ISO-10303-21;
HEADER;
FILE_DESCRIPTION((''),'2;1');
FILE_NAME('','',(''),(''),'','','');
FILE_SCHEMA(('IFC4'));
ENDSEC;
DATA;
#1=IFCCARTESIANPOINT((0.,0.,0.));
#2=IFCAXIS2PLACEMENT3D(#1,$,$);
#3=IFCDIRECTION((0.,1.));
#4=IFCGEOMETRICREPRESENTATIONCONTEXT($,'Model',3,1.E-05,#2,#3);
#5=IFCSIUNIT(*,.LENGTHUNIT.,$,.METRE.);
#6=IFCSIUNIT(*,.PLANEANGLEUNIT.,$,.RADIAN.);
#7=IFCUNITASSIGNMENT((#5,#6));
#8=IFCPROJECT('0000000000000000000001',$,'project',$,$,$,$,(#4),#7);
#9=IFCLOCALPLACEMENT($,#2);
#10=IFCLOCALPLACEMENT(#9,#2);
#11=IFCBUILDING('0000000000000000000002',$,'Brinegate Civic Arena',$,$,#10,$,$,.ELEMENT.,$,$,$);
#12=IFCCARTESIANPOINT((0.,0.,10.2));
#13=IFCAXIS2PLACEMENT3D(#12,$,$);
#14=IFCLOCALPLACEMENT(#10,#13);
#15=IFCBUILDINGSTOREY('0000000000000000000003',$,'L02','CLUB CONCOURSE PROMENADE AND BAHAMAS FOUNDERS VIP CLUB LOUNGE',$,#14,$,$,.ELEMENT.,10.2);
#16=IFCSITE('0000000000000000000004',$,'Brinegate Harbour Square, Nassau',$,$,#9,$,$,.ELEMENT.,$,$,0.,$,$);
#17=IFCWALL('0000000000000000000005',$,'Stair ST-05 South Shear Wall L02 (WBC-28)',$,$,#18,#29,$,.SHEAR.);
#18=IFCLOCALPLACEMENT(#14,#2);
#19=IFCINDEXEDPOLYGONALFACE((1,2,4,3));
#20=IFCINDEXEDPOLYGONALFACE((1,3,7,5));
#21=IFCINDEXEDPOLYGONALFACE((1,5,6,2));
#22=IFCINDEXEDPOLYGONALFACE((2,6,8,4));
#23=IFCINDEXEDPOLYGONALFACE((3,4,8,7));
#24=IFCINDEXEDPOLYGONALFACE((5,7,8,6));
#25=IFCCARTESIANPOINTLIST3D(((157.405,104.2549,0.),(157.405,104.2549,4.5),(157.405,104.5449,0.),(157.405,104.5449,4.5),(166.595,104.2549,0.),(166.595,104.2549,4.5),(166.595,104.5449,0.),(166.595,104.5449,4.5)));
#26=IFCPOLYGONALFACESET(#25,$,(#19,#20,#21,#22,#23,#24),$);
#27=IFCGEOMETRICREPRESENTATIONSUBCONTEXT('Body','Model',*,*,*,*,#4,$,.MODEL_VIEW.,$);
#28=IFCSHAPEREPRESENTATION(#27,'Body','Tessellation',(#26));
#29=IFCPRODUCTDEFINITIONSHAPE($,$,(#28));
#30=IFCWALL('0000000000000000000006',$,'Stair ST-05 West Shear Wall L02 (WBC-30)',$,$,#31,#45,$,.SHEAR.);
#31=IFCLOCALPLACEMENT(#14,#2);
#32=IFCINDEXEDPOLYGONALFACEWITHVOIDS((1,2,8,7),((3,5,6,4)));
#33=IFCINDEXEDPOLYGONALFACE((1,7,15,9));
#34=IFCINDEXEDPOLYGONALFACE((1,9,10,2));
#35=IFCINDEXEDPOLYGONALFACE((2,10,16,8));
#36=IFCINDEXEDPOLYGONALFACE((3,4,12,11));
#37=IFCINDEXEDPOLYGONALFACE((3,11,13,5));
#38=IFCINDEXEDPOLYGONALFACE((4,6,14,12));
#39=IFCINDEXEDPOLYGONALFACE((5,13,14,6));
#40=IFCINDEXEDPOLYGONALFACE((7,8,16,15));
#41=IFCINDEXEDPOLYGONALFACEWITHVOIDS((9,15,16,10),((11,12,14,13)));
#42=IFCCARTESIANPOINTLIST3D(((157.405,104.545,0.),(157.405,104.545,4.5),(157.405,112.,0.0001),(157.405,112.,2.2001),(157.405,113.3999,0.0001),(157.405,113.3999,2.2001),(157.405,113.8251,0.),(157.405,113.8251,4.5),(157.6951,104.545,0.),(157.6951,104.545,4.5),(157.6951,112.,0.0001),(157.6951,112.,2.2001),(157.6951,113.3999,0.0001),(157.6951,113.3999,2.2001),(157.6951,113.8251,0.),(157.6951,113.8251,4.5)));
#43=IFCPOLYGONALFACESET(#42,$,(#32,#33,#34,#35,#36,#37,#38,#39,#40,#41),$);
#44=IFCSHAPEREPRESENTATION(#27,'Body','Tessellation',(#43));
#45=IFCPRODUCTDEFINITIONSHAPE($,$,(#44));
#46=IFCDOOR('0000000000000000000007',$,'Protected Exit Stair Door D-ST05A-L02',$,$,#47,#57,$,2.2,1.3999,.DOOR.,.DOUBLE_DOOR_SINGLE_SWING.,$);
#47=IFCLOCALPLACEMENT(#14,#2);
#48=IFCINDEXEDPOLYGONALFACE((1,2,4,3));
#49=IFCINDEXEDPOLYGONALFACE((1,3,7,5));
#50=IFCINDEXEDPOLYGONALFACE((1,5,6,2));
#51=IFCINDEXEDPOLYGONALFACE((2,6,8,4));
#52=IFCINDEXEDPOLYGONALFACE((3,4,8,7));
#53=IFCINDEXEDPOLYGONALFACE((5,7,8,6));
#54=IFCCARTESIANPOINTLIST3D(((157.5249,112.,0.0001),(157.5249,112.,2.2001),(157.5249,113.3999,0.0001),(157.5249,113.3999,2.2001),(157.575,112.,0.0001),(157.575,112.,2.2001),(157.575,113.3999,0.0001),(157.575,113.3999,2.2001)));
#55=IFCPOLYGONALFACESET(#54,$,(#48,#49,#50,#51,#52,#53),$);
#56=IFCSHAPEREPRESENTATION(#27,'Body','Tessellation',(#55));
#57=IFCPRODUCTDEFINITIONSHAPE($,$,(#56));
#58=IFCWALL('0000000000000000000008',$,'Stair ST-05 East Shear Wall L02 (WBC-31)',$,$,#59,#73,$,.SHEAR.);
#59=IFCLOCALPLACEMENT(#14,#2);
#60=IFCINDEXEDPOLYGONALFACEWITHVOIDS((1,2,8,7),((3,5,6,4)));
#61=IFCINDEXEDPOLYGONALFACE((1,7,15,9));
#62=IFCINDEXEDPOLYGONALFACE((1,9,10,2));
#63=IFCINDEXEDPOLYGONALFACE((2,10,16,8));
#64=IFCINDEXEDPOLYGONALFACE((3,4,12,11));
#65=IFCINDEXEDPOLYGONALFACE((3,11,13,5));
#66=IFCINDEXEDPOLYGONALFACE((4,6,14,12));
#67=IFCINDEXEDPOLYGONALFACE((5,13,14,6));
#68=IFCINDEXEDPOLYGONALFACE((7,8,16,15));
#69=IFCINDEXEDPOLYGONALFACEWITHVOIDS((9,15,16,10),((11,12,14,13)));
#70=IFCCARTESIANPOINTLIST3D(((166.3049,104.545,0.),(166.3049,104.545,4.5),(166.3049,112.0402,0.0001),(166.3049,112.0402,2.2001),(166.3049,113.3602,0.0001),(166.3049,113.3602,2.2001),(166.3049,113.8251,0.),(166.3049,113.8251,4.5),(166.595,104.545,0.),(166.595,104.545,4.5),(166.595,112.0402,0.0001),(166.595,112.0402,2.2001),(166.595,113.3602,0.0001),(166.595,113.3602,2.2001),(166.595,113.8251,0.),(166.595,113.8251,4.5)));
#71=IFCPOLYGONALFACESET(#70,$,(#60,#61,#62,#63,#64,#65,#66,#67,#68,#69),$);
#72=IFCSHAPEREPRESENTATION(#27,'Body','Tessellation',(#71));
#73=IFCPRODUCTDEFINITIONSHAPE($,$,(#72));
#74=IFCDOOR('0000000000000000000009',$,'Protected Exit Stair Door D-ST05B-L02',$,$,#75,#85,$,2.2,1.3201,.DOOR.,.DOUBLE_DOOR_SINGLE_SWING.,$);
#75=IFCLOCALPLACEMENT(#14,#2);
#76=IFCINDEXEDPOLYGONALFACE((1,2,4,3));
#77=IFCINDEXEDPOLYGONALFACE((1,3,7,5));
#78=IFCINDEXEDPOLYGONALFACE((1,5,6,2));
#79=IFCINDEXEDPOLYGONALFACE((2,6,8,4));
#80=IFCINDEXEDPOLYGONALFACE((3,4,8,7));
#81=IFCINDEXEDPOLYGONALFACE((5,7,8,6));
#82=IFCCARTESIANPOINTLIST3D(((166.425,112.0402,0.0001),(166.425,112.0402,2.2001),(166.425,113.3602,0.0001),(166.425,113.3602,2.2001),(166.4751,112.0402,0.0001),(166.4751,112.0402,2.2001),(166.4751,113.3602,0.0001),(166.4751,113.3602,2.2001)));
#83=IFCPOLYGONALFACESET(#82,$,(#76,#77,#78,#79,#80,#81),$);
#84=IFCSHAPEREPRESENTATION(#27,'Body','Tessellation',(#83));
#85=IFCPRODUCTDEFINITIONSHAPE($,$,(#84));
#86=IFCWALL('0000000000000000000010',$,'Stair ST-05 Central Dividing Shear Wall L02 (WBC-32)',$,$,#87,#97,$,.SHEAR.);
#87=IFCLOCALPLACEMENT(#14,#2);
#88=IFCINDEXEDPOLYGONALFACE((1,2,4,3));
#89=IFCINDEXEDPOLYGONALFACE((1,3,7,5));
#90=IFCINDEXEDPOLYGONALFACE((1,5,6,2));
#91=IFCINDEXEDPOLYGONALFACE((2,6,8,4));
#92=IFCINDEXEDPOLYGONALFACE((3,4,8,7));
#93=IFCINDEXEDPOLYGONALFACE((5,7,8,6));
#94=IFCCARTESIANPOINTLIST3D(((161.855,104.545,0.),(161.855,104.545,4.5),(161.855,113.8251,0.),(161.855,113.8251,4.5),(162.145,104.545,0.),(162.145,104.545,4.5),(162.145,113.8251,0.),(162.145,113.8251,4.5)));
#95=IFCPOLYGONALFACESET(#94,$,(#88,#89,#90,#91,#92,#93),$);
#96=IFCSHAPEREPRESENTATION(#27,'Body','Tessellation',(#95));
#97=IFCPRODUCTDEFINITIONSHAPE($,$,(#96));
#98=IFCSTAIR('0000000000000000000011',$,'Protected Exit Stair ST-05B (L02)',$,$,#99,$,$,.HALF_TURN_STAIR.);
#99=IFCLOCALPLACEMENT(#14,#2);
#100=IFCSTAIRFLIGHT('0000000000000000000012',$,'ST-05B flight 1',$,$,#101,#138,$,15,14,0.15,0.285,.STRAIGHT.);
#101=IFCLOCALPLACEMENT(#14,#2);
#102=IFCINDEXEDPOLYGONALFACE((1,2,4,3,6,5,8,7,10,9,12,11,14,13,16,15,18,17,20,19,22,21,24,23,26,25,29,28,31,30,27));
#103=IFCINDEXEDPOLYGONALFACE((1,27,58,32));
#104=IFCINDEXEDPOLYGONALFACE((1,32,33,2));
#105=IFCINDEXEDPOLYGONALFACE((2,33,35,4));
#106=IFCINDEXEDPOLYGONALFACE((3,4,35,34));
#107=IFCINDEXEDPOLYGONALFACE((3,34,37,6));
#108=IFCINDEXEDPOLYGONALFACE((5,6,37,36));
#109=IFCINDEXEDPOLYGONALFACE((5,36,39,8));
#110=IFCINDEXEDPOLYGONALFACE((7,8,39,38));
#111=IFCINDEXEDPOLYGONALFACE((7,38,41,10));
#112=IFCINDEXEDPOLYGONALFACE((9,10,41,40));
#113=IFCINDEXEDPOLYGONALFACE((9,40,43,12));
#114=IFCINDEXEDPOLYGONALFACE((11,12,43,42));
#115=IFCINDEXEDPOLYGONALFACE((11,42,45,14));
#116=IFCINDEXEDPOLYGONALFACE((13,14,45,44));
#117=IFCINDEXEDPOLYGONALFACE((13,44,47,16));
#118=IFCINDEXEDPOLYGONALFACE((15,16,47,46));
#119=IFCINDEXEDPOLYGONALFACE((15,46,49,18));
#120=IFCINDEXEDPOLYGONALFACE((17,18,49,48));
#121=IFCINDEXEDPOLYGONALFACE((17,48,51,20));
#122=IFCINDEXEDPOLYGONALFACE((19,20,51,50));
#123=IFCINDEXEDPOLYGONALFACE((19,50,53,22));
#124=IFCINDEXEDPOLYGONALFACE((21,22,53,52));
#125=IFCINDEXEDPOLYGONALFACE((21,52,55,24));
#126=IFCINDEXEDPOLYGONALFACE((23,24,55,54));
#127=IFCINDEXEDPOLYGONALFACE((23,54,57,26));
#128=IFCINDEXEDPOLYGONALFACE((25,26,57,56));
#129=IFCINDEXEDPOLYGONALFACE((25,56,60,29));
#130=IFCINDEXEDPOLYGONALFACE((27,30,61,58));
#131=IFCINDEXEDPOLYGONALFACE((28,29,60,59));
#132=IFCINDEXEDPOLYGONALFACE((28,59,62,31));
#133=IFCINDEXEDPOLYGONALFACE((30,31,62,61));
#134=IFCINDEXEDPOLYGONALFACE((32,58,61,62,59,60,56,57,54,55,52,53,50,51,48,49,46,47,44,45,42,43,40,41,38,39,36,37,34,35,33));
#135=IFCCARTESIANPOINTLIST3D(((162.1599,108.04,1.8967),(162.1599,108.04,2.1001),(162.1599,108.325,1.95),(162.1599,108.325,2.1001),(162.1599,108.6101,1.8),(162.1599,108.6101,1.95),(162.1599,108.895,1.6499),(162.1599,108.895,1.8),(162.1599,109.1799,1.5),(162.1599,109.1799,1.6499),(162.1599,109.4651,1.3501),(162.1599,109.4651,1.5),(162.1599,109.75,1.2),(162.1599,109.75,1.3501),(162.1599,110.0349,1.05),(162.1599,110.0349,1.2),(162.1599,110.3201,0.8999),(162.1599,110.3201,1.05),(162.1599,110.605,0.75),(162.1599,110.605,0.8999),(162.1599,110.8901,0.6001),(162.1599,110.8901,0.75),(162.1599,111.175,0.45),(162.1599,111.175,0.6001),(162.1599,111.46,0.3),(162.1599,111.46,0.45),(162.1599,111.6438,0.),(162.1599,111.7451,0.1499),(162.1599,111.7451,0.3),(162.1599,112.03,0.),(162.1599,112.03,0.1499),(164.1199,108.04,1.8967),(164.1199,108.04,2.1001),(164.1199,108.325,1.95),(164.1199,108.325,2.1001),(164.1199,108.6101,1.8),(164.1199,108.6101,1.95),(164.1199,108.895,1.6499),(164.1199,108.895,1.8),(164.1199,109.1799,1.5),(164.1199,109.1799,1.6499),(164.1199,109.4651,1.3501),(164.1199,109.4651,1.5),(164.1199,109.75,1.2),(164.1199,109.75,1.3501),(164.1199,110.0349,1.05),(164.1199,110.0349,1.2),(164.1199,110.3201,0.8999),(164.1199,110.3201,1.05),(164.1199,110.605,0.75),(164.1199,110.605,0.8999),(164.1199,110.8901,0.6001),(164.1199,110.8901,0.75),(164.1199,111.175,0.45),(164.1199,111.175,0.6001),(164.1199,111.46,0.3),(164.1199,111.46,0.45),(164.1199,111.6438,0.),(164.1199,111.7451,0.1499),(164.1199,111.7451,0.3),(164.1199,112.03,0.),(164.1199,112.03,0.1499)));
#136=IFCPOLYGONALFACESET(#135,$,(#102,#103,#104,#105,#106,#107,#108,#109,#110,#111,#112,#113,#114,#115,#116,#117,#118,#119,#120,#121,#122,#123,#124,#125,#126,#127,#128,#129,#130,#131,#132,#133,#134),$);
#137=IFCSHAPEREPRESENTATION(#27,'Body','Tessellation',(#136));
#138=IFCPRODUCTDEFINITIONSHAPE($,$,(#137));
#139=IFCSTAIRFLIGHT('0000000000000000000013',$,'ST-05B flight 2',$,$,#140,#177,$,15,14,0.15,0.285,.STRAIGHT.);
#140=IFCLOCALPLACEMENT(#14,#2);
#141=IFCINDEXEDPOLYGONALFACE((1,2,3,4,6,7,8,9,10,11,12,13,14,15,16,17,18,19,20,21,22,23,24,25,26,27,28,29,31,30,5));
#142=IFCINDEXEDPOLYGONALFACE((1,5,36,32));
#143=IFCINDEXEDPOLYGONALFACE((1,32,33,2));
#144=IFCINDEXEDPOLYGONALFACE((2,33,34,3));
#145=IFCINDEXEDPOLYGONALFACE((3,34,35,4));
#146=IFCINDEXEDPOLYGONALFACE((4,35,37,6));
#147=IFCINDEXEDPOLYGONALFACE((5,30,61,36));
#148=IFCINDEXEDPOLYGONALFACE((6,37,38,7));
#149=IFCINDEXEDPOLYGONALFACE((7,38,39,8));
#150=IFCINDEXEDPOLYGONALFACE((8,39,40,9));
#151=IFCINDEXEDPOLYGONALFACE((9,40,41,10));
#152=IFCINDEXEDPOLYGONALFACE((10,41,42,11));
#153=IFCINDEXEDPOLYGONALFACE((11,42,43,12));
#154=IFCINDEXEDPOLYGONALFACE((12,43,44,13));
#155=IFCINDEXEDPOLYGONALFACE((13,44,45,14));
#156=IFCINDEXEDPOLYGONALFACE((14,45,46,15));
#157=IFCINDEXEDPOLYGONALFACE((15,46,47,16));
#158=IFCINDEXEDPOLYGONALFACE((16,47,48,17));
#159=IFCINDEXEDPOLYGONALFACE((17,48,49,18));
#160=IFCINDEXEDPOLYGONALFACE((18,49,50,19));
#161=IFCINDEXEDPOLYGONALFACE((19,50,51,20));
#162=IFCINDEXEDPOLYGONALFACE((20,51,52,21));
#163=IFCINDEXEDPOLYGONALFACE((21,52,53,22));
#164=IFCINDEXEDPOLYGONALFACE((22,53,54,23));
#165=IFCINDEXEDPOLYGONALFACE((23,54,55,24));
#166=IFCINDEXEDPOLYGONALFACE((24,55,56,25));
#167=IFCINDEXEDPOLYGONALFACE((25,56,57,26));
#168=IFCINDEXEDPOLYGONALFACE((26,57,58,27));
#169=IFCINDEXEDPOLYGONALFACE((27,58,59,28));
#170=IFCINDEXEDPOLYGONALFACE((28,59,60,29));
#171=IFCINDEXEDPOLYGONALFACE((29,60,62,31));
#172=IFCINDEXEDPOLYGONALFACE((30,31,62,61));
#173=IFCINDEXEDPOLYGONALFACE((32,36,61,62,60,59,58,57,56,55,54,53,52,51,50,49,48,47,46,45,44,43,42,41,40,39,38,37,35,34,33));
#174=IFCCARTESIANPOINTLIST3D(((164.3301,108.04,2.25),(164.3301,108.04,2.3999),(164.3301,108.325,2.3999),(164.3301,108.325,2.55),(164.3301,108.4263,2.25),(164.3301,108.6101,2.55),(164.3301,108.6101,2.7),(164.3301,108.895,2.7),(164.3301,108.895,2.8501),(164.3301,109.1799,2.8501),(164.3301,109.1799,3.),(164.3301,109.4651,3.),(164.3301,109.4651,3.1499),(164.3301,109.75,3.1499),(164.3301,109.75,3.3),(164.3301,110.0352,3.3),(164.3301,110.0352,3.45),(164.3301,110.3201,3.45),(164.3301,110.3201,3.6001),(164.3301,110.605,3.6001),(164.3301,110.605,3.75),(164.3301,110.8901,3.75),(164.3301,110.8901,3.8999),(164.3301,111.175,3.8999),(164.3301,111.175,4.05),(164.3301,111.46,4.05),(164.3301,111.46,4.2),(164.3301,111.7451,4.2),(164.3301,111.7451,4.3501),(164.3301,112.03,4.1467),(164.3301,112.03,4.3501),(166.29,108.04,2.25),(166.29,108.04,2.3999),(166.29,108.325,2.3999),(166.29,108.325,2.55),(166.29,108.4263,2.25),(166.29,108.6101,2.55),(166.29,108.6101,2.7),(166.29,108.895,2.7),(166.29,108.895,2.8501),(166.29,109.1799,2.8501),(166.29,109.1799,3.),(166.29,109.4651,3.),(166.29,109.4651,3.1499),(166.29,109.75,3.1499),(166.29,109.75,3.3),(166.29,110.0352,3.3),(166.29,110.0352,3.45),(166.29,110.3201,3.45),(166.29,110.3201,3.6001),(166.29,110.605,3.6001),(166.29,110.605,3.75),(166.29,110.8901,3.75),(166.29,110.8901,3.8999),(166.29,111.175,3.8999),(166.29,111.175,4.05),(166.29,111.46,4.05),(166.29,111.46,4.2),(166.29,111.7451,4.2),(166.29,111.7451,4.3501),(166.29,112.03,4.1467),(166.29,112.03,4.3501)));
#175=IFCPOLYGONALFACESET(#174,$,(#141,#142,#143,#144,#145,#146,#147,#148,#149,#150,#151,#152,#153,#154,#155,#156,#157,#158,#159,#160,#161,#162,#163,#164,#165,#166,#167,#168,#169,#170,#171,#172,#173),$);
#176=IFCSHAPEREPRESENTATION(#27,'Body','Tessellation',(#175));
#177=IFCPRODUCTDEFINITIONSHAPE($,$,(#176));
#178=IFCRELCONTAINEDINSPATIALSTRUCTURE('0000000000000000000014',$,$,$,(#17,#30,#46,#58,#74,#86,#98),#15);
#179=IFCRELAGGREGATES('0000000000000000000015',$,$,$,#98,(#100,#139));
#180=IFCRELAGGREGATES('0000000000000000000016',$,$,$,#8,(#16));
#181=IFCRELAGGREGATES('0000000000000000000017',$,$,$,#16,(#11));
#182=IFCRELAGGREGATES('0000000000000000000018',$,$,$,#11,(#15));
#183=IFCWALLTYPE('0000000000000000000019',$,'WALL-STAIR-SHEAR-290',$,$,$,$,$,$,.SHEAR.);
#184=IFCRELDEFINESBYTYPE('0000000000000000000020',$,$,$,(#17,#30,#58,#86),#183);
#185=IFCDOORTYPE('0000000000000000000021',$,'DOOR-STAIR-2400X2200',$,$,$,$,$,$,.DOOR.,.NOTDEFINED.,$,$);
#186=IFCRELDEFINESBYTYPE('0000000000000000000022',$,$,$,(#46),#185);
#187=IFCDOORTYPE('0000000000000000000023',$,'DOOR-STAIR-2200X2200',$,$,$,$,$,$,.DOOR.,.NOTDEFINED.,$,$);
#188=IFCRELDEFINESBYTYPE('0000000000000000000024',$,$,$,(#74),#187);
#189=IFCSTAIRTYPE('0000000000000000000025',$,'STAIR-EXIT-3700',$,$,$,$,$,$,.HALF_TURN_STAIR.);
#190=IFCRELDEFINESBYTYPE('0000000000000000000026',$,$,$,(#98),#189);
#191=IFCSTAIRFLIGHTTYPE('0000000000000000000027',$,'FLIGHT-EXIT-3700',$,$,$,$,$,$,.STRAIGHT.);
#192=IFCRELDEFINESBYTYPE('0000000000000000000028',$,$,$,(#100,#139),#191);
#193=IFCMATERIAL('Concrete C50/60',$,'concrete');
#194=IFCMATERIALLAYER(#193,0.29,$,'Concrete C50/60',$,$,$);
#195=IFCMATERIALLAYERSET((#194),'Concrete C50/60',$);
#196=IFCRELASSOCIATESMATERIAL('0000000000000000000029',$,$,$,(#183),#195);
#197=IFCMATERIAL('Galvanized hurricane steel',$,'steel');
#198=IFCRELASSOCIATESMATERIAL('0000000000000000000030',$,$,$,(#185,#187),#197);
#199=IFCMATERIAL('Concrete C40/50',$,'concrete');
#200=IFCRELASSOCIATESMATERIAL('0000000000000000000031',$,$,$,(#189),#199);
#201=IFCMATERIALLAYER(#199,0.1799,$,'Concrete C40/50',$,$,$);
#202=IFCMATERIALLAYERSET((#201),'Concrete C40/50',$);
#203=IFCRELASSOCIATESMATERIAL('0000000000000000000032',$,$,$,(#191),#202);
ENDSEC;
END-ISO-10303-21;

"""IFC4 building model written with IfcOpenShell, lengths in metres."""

from ifc_helpers import new_model, si_unit, direction, frame, frame_2d, origin, place, context, subcontext, project, spatial, polyline, rectangle, outline, extrude, material, layer, layer_set, type_object, element, fill, aggregate, save


model = new_model("IFC4")

# Units and contexts
model_context = context("Model", 3, precision=1e-05, world=origin(), true_north=direction((0.0, 1.0)))
body_context = subcontext(model_context, "Body", "Model", "MODEL_VIEW")
ifc_project = project(units=[si_unit("LENGTHUNIT", "METRE"), si_unit("PLANEANGLEUNIT", "RADIAN")], contexts=[model_context])

# Site, building, storey
site_placement = place(None, origin())
site = spatial("IfcSite", under=ifc_project, at=site_placement, Name="Brinegate Harbour Square, Nassau", CompositionType="ELEMENT", RefElevation=0.0)
building_placement = place(site_placement, origin())
building = spatial("IfcBuilding", under=site, at=building_placement, Name="Brinegate Civic Arena", CompositionType="ELEMENT")
storey_placement = place(building_placement, frame((0.0, 0.0, 10.2)))
storey = spatial("IfcBuildingStorey", under=building, at=storey_placement, Name="L02", Description="CLUB CONCOURSE PROMENADE AND BAHAMAS FOUNDERS VIP CLUB LOUNGE", CompositionType="ELEMENT", Elevation=10.2)

# Shared definitions
ifc_material_1 = material(Name="Concrete C50/60", Category="concrete")

# Wall
ifc_layer_1 = layer(ifc_material_1, 0.29, Name="Concrete C50/60")
ifc_layer_set_1 = layer_set([ifc_layer_1], Name="Concrete C50/60")
wall_type_1 = type_object("IfcWallType", Name="WALL-STAIR-SHEAR-290", PredefinedType="SHEAR", material=ifc_layer_set_1)
wall_1_placement = place(storey_placement, frame((157.405, 104.3999, 0.0), z_axis=(0.0, 0.0, 1.0), x_axis=(1.0, 0.0, 0.0)))
element("IfcWall", 1, at=wall_1_placement, inside=storey, type_object=wall_type_1, Name="Stair ST-05 South Shear Wall L02 (WBC-28)", PredefinedType="SHEAR", context=body_context, shape_type="SweptSolid", body=[
    extrude(rectangle(XDim=9.1899, YDim=0.29, at=frame_2d((4.595, 0.0))), origin(), (0.0, 0.0, 1.0), 4.5),
])

# Walls, openings, doors
wall_2_placement = place(storey_placement, frame((157.55, 104.5449, 0.0), z_axis=(0.0, 0.0, 1.0), x_axis=(0.0, 1.0, 0.0)))
wall_2 = element("IfcWall", 2, at=wall_2_placement, inside=storey, type_object=wall_type_1, Name="Stair ST-05 West Shear Wall L02 (WBC-30)", PredefinedType="SHEAR", context=body_context, shape_type="SweptSolid", body=[
    extrude(rectangle(XDim=9.28, YDim=0.29, at=frame_2d((4.6401, 0.0))), origin(), (0.0, 0.0, 1.0), 4.5),
])
opening_1_placement = place(wall_2_placement, frame((7.4551, 0.0, 0.0)))
opening_1 = element("IfcOpeningElement", 3, at=opening_1_placement, cuts=wall_2, PredefinedType="OPENING", context=body_context, shape_type="SweptSolid", body=[
    extrude(rectangle(XDim=1.3999, YDim=2.2, at=frame_2d((0.7, 1.1001))), frame((0.0, 0.155, 0.0), z_axis=(0.0, -1.0, 0.0), x_axis=(1.0, 0.0, 0.0)), (0.0, 0.0, 1.0), 0.3101),
])
ifc_material_2 = material(Name="Galvanized hurricane steel", Category="steel")
door_type_1 = type_object("IfcDoorType", Name="DOOR-STAIR-2400X2200", OperationType="NOTDEFINED", PredefinedType="DOOR", material=ifc_material_2)
door_1_placement = place(opening_1_placement, frame((1.3999, 0.0, 0.0), z_axis=(0.0, 0.0, 1.0), x_axis=(-1.0, 0.0, 0.0)))
door_1 = element("IfcDoor", 4, at=door_1_placement, inside=storey, type_object=door_type_1, Name="Protected Exit Stair Door D-ST05A-L02", OperationType="DOUBLE_DOOR_SINGLE_SWING", OverallHeight=2.2, OverallWidth=1.3999, PredefinedType="DOOR", context=body_context, shape_type="SweptSolid", body=[
    extrude(rectangle(XDim=1.3999, YDim=2.2, at=frame_2d((0.7, 1.1001))), frame((0.0, 0.0249, 0.0), z_axis=(0.0, -1.0, 0.0), x_axis=(1.0, 0.0, 0.0)), (0.0, 0.0, 1.0), 0.05),
])
fill(opening_1, door_1)
wall_3_placement = place(storey_placement, frame((166.45, 104.5449, 0.0), z_axis=(0.0, 0.0, 1.0), x_axis=(0.0, 1.0, 0.0)))
wall_3 = element("IfcWall", 5, at=wall_3_placement, inside=storey, type_object=wall_type_1, Name="Stair ST-05 East Shear Wall L02 (WBC-31)", PredefinedType="SHEAR", context=body_context, shape_type="SweptSolid", body=[
    extrude(rectangle(XDim=9.28, YDim=0.29, at=frame_2d((4.6401, 0.0))), origin(), (0.0, 0.0, 1.0), 4.5),
])
opening_2_placement = place(wall_3_placement, frame((7.4951, 0.0, 0.0)))
opening_2 = element("IfcOpeningElement", 6, at=opening_2_placement, cuts=wall_3, PredefinedType="OPENING", context=body_context, shape_type="SweptSolid", body=[
    extrude(rectangle(XDim=1.3201, YDim=2.2, at=frame_2d((0.6602, 1.1001))), frame((0.0, 0.155, 0.0), z_axis=(0.0, -1.0, 0.0), x_axis=(1.0, 0.0, 0.0)), (0.0, 0.0, 1.0), 0.3101),
])
door_type_2 = type_object("IfcDoorType", Name="DOOR-STAIR-2200X2200", OperationType="NOTDEFINED", PredefinedType="DOOR", material=ifc_material_2)
door_2_placement = place(opening_2_placement, origin())
door_2 = element("IfcDoor", 7, at=door_2_placement, inside=storey, type_object=door_type_2, Name="Protected Exit Stair Door D-ST05B-L02", OperationType="DOUBLE_DOOR_SINGLE_SWING", OverallHeight=2.2, OverallWidth=1.3201, PredefinedType="DOOR", context=body_context, shape_type="SweptSolid", body=[
    extrude(rectangle(XDim=1.3201, YDim=2.2, at=frame_2d((0.6602, 1.1001))), frame((0.0, 0.0249, 0.0), z_axis=(0.0, -1.0, 0.0), x_axis=(1.0, 0.0, 0.0)), (0.0, 0.0, 1.0), 0.05),
])
fill(opening_2, door_2)

# Wall
wall_4_placement = place(storey_placement, frame((162.0, 104.5449, 0.0), z_axis=(0.0, 0.0, 1.0), x_axis=(0.0, 1.0, 0.0)))
element("IfcWall", 8, at=wall_4_placement, inside=storey, type_object=wall_type_1, Name="Stair ST-05 Central Dividing Shear Wall L02 (WBC-32)", PredefinedType="SHEAR", context=body_context, shape_type="SweptSolid", body=[
    extrude(rectangle(XDim=9.28, YDim=0.29, at=frame_2d((4.6401, 0.0))), origin(), (0.0, 0.0, 1.0), 4.5),
])

# Stair, stair flights
ifc_material_3 = material(Name="Concrete C40/50", Category="concrete")
stair_type_1 = type_object("IfcStairType", Name="STAIR-EXIT-3700", PredefinedType="HALF_TURN_STAIR", material=ifc_material_3)
stair_1_placement = place(storey_placement, origin())
stair_1 = element("IfcStair", 9, at=stair_1_placement, inside=storey, type_object=stair_type_1, Name="Protected Exit Stair ST-05B (L02)", PredefinedType="HALF_TURN_STAIR")
ifc_layer_2 = layer(ifc_material_3, 0.1799, Name="Concrete C40/50")
ifc_layer_set_2 = layer_set([ifc_layer_2], Name="Concrete C40/50")
stair_flight_type_1 = type_object("IfcStairFlightType", Name="FLIGHT-EXIT-3700", PredefinedType="STRAIGHT", material=ifc_layer_set_2)
stair_flight_1_placement = place(storey_placement, frame((163.1399, 112.03, 0.0), z_axis=(0.0, 0.0, 1.0), x_axis=(0.0, -1.0, 0.0)))
stair_flight_1 = element("IfcStairFlight", 10, at=stair_flight_1_placement, type_object=stair_flight_type_1, Name="ST-05B flight 1", NumberOfRisers=15, NumberOfTreads=14, PredefinedType="STRAIGHT", RiserHeight=0.15, TreadLength=0.285, context=body_context, shape_type="SweptSolid", body=[
    extrude(outline(polyline([(0.0, 0.0), (0.0, 0.1499), (0.2849, 0.1499), (0.2849, 0.3), (0.5701, 0.3), (0.5701, 0.45), (0.855, 0.45), (0.855, 0.6001), (1.1399, 0.6001), (1.1399, 0.75), (1.425, 0.75), (1.425, 0.8999), (1.71, 0.8999), (1.71, 1.05), (1.9951, 1.05), (1.9951, 1.2), (2.28, 1.2), (2.28, 1.3501), (2.5649, 1.3501), (2.5649, 1.5), (2.8501, 1.5), (2.8501, 1.6499), (3.135, 1.6499), (3.135, 1.8), (3.4199, 1.8), (3.4199, 1.95), (3.7051, 1.95), (3.7051, 2.1001), (3.99, 2.1001), (3.99, 2.25), (3.99, 1.8967), (0.3862, 0.0), (0.0, 0.0)])), frame((0.0, 0.98, 0.0), z_axis=(0.0, -1.0, 0.0), x_axis=(1.0, 0.0, 0.0)), (0.0, 0.0, 1.0), 1.96),
])
stair_flight_2_placement = place(storey_placement, frame((165.3101, 108.04, 2.25), z_axis=(0.0, 0.0, 1.0), x_axis=(0.0, 1.0, 0.0)))
stair_flight_2 = element("IfcStairFlight", 11, at=stair_flight_2_placement, type_object=stair_flight_type_1, Name="ST-05B flight 2", NumberOfRisers=15, NumberOfTreads=14, PredefinedType="STRAIGHT", RiserHeight=0.15, TreadLength=0.285, context=body_context, shape_type="SweptSolid", body=[
    extrude(outline(polyline([(0.0, 0.0), (0.0, 0.1499), (0.2849, 0.1499), (0.2849, 0.3), (0.5701, 0.3), (0.5701, 0.45), (0.855, 0.45), (0.855, 0.6001), (1.1399, 0.6001), (1.1399, 0.75), (1.425, 0.75), (1.425, 0.8999), (1.71, 0.8999), (1.71, 1.05), (1.9951, 1.05), (1.9951, 1.2), (2.28, 1.2), (2.28, 1.3501), (2.5649, 1.3501), (2.5649, 1.5), (2.8501, 1.5), (2.8501, 1.6499), (3.135, 1.6499), (3.135, 1.8), (3.4199, 1.8), (3.4199, 1.95), (3.7051, 1.95), (3.7051, 2.1001), (3.99, 2.1001), (3.99, 2.25), (3.99, 1.8967), (0.3862, 0.0), (0.0, 0.0)])), frame((0.0, 0.98, 0.0), z_axis=(0.0, -1.0, 0.0), x_axis=(1.0, 0.0, 0.0)), (0.0, 0.0, 1.0), 1.96),
])
aggregate(stair_1, [stair_flight_1, stair_flight_2])

save(model, "model.ifc")
